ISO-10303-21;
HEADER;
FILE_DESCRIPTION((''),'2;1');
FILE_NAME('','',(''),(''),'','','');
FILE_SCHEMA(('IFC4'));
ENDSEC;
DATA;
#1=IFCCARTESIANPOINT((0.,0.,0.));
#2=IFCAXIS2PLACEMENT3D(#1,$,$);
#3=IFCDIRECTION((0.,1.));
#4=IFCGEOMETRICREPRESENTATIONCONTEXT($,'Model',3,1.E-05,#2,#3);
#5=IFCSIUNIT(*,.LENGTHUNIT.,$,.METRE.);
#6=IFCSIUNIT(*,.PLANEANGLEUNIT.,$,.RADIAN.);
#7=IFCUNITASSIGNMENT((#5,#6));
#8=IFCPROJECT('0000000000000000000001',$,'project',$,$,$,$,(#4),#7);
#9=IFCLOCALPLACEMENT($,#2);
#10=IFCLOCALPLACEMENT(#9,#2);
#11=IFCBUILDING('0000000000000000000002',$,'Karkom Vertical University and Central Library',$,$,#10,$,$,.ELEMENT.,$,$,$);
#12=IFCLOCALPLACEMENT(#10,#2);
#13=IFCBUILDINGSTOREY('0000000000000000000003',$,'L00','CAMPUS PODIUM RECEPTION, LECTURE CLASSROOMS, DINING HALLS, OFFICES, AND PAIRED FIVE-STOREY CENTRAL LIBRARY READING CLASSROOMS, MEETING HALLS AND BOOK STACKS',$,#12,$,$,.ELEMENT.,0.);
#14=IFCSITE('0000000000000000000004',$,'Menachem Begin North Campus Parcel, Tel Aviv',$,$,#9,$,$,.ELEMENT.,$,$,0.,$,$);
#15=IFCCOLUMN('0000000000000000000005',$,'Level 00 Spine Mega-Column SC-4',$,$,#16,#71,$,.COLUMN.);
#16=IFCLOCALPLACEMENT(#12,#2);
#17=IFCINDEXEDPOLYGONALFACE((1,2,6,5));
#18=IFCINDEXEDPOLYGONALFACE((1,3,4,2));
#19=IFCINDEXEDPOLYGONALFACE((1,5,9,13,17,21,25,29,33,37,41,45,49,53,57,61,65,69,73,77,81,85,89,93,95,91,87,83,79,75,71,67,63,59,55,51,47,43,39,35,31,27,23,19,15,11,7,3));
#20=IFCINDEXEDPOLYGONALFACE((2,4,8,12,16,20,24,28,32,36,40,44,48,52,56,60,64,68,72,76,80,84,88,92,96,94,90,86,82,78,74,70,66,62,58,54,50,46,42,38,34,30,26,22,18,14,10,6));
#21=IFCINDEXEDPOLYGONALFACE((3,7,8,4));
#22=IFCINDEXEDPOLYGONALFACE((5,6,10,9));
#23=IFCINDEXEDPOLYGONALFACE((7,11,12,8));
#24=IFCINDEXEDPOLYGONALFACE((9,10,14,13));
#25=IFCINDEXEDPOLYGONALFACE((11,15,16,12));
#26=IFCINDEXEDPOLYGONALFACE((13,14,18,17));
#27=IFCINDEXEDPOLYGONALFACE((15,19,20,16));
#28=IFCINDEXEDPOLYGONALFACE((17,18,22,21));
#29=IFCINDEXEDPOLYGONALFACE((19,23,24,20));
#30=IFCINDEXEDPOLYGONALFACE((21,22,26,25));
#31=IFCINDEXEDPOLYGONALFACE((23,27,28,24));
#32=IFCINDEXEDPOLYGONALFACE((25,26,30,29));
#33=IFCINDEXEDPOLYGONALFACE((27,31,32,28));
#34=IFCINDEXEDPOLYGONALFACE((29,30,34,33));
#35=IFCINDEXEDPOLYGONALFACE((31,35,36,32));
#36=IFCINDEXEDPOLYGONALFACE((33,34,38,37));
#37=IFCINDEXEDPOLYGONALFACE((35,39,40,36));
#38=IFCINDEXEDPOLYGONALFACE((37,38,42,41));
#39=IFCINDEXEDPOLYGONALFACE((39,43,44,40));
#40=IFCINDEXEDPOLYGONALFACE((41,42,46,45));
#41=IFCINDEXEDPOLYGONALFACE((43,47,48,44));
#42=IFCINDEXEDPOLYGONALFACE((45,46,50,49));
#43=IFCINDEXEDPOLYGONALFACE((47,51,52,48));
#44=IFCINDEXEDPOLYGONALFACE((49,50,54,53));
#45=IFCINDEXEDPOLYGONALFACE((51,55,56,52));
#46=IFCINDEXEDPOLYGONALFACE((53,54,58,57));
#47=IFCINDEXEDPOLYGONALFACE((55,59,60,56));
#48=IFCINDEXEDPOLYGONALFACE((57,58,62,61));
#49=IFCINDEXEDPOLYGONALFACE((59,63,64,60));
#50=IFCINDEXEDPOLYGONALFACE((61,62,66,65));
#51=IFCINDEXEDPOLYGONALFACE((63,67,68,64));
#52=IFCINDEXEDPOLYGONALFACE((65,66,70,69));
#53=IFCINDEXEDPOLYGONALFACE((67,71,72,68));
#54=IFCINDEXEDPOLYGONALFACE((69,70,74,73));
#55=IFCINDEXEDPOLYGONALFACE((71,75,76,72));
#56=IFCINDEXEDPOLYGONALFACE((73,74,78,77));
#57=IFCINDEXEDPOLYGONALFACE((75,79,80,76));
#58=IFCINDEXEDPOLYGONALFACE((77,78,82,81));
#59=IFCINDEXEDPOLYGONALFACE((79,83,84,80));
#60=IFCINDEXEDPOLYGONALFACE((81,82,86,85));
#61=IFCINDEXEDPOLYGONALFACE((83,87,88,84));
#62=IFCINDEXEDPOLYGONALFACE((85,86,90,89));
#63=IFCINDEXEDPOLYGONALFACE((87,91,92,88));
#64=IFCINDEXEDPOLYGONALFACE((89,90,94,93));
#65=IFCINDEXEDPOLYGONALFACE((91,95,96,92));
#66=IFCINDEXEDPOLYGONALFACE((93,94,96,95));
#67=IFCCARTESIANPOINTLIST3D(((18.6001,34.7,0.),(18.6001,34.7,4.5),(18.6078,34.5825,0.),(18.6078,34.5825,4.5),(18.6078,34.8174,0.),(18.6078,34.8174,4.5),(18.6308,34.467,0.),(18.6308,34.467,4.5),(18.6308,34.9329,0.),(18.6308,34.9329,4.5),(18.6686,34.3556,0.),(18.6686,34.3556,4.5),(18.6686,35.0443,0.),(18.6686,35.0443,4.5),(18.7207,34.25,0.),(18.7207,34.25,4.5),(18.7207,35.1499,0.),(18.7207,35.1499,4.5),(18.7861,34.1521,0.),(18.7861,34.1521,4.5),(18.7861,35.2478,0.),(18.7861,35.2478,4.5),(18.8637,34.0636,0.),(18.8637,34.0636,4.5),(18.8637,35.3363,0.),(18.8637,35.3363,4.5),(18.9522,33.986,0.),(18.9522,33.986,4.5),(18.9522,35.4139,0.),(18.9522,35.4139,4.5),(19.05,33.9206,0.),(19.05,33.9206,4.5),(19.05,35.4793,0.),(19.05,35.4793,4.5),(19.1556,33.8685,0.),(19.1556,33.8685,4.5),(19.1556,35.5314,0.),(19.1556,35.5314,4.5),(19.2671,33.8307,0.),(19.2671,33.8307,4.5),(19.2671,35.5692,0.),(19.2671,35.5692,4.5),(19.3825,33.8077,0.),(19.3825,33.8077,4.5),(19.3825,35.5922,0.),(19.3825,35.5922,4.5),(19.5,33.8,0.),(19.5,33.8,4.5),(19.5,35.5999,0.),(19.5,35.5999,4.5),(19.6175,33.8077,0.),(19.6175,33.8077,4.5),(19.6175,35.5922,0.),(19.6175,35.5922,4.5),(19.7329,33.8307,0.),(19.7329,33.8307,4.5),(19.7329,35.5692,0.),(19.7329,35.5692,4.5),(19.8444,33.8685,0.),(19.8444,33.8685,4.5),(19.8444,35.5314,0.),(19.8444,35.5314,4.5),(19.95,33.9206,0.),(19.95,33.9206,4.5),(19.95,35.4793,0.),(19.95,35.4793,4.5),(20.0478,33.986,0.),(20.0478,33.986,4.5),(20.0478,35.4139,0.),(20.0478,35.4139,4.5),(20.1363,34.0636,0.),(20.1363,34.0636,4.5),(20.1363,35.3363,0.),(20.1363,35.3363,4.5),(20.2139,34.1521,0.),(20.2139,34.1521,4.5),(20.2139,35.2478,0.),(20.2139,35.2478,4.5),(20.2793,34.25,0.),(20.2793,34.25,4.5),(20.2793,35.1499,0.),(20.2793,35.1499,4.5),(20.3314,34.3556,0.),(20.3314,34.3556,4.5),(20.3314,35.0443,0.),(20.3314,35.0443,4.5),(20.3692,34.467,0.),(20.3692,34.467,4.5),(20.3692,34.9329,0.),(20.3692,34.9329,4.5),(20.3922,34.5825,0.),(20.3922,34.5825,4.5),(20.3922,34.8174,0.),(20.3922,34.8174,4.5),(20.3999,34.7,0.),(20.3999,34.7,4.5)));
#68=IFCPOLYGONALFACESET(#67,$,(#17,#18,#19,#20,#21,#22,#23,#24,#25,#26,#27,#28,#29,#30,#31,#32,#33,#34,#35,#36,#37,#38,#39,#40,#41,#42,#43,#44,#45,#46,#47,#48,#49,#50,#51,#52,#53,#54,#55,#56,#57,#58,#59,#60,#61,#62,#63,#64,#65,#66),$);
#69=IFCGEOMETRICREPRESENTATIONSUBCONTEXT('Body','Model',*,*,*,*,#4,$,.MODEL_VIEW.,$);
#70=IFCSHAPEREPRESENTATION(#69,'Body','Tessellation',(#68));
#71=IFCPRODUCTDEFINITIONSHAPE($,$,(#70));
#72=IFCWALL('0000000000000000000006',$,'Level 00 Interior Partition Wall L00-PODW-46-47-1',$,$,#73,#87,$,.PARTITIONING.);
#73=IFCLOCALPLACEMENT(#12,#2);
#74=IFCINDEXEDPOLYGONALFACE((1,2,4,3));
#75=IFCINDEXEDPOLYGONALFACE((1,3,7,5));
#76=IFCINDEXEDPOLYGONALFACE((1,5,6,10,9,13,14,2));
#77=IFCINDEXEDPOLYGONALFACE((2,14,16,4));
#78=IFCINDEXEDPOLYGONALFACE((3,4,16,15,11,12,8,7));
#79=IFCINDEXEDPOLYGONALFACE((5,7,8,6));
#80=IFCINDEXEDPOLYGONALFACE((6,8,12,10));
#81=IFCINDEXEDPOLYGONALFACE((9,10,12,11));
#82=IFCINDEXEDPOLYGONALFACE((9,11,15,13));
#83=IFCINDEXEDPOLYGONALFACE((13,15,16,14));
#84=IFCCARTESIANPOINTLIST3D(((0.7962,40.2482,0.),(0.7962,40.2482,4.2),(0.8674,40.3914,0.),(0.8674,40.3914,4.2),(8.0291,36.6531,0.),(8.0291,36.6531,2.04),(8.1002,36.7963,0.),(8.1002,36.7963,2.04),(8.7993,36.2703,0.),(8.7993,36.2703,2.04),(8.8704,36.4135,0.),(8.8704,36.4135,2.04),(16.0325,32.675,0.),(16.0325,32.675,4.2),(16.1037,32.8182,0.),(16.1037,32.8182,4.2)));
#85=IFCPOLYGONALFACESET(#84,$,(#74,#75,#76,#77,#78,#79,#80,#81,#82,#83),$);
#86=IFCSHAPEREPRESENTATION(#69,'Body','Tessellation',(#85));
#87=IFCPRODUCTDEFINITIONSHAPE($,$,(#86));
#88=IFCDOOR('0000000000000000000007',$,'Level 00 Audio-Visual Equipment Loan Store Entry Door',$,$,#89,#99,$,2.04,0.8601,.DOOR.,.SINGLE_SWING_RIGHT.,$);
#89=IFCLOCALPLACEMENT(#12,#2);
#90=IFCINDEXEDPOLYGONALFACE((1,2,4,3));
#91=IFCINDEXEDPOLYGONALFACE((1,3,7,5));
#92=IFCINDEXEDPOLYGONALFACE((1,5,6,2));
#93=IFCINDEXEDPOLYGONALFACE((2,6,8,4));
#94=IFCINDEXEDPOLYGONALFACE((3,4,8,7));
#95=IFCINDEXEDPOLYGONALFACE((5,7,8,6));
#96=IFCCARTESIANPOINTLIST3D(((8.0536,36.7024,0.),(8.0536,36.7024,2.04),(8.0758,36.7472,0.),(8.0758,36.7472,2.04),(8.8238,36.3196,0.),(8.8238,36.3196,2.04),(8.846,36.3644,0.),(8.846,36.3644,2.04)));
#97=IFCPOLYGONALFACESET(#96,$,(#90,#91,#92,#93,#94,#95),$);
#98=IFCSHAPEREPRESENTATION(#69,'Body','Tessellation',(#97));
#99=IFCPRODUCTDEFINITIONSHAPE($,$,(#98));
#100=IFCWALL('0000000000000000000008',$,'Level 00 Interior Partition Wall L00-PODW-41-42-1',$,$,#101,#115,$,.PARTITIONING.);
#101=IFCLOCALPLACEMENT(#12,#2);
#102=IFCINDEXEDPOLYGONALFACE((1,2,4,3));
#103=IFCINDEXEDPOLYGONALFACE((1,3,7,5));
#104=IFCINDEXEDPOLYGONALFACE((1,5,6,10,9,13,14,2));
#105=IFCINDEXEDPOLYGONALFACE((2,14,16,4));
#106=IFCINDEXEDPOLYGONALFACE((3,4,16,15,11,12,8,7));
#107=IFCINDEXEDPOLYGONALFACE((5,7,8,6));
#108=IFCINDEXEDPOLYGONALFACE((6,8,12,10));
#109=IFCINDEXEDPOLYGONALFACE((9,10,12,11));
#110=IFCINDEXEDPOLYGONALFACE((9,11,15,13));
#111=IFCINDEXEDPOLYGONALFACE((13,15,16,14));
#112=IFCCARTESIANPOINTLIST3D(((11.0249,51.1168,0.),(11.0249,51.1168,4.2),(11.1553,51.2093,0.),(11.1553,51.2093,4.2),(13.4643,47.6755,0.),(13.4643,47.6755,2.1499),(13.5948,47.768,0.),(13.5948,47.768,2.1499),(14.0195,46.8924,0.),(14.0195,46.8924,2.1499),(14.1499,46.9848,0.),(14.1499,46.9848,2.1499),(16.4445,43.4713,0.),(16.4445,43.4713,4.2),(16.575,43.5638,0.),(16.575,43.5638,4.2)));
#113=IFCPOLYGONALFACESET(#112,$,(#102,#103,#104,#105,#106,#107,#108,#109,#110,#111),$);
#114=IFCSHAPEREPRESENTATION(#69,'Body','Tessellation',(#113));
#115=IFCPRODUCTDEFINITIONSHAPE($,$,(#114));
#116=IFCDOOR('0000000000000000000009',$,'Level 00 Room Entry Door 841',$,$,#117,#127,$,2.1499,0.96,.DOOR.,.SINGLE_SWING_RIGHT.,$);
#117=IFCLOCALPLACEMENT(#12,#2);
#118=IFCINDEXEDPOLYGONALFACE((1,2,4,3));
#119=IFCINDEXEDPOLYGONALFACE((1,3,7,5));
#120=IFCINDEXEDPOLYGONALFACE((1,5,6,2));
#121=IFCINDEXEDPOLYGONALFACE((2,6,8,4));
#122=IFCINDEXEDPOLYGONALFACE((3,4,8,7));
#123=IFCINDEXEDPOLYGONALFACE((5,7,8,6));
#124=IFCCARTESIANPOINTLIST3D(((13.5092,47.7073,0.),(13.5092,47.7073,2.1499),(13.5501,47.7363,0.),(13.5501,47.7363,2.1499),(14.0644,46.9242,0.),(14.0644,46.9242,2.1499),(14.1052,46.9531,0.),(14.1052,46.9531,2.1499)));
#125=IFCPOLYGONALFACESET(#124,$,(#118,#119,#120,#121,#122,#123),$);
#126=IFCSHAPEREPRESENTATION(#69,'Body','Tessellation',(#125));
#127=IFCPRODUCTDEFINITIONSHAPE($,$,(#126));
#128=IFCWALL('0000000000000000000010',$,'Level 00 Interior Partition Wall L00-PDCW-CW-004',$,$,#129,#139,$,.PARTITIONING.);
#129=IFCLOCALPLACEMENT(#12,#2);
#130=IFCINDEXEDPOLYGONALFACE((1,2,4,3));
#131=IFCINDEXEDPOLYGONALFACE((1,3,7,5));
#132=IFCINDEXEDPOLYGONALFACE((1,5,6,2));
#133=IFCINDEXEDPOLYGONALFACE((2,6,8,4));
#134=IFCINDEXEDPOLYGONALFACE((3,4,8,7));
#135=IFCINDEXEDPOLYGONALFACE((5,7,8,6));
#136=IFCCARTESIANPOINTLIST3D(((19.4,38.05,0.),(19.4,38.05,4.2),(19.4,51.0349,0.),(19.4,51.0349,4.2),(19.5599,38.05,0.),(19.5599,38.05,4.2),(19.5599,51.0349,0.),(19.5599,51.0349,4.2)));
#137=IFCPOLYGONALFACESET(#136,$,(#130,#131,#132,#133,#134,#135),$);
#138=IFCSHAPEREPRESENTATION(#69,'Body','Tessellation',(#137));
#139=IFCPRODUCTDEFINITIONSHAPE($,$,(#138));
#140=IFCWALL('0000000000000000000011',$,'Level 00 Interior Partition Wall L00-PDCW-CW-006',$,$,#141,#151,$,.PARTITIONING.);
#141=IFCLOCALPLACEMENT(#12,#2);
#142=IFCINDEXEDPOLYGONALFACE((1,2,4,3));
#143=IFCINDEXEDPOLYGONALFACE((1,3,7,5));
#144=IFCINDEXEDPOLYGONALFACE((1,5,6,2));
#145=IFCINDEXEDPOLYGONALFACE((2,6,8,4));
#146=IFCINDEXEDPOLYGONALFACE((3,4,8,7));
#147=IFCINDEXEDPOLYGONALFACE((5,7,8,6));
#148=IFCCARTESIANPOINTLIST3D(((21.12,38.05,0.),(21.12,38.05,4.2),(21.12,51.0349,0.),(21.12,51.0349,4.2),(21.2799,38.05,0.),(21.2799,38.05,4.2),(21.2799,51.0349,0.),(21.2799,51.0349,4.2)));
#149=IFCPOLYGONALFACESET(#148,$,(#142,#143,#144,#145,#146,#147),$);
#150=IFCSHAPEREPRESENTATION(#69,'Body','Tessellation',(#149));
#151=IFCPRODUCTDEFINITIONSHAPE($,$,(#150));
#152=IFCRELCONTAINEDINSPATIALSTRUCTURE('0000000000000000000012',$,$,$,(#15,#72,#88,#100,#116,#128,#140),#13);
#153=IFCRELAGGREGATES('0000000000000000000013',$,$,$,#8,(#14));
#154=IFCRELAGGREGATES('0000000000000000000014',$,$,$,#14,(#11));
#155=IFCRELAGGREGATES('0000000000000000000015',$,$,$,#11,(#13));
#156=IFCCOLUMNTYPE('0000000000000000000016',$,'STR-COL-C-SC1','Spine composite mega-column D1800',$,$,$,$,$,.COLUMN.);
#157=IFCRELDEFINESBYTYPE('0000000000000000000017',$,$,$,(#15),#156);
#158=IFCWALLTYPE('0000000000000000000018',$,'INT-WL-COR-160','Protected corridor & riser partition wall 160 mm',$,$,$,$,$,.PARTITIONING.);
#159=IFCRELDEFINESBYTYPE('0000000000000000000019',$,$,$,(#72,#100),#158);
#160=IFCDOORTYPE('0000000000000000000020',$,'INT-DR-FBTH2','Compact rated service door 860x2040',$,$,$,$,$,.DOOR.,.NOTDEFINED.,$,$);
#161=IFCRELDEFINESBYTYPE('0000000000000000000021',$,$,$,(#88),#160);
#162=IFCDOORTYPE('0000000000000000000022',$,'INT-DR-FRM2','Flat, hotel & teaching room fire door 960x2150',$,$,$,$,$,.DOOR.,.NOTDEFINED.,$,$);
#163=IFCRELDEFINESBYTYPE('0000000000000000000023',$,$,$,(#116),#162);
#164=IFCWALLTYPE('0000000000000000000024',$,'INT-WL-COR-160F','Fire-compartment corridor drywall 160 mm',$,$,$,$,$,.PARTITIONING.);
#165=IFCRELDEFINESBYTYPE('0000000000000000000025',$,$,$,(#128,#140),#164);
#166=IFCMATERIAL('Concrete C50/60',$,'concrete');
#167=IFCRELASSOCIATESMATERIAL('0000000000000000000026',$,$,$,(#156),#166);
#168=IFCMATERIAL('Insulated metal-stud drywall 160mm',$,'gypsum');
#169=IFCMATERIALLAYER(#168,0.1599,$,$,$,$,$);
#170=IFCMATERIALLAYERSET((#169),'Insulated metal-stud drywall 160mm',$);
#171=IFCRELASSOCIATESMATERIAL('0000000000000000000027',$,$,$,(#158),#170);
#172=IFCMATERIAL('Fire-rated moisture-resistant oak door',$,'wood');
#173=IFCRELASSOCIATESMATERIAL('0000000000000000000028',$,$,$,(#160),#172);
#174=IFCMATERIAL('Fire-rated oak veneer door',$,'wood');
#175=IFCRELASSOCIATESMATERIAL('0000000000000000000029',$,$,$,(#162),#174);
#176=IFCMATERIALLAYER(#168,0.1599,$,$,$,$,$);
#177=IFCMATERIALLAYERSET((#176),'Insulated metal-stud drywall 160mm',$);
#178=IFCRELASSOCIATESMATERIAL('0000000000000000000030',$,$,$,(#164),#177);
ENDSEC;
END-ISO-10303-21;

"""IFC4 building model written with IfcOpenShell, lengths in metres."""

from ifc_helpers import new_model, si_unit, direction, frame, frame_2d, origin, origin_with_axes, origin_2d, place, context, subcontext, project, spatial, rectangle, circle, extrude, source, transform, mapped, material, layer, layer_set, material_profile, profile_set, type_object, element, fill, save


model = new_model("IFC4")

# Units and contexts
model_context = context("Model", 3, precision=1e-05, world=origin(), true_north=direction((0.0, 1.0)))
body_context = subcontext(model_context, "Body", "Model", "MODEL_VIEW")
ifc_project = project(units=[si_unit("LENGTHUNIT", "METRE"), si_unit("PLANEANGLEUNIT", "RADIAN")], contexts=[model_context])

# Site, building, storey
site_placement = place(None, origin())
site = spatial("IfcSite", under=ifc_project, at=site_placement, Name="Menachem Begin North Campus Parcel, Tel Aviv", CompositionType="ELEMENT", RefElevation=0.0)
building_placement = place(site_placement, origin())
building = spatial("IfcBuilding", under=site, at=building_placement, Name="Karkom Vertical University and Central Library", CompositionType="ELEMENT")
storey_placement = place(building_placement, origin())
storey = spatial("IfcBuildingStorey", under=building, at=storey_placement, Name="L00", Description="CAMPUS PODIUM RECEPTION, LECTURE CLASSROOMS, DINING HALLS, OFFICES, AND PAIRED FIVE-STOREY CENTRAL LIBRARY READING CLASSROOMS, MEETING HALLS AND BOOK STACKS", CompositionType="ELEMENT", Elevation=0.0)

# Column
ifc_material_1 = material(Name="Concrete C50/60", Category="concrete")
ifc_material_profile = material_profile(ifc_material_1, circle(Radius=0.8999, at=origin_2d()), Name="CFT-D1800")
ifc_profile_set = profile_set([ifc_material_profile], Name="Concrete C50/60")
column_type = type_object("IfcColumnType", Name="STR-COL-C-SC1", Description="Spine composite mega-column D1800", PredefinedType="COLUMN", material=ifc_profile_set)
shared_shape_1 = source(origin_with_axes(), body_context, "Body", "SweptSolid", [
    extrude(circle(Radius=0.8999, at=origin_2d()), origin(), (0.0, 0.0, 1.0), 4.5),
])
column_placement = place(storey_placement, frame((19.5, 34.7, 0.0), z_axis=(0.0, 0.0, 1.0), x_axis=(1.0, 0.0, 0.0)))
element("IfcColumn", 1, at=column_placement, inside=storey, type_object=column_type, Name="Level 00 Spine Mega-Column SC-4", PredefinedType="COLUMN", context=body_context, shape_type="MappedRepresentation", body=[
    mapped(shared_shape_1, transform((0.0, 0.0, 0.0), scale=1.0)),
])

# Walls, openings, doors
ifc_material_2 = material(Name="Insulated metal-stud drywall 160mm", Category="gypsum")
ifc_layer_1 = layer(ifc_material_2, 0.1599)
ifc_layer_set_1 = layer_set([ifc_layer_1], Name="Insulated metal-stud drywall 160mm")
wall_type_1 = type_object("IfcWallType", Name="INT-WL-COR-160", Description="Protected corridor & riser partition wall 160 mm", PredefinedType="PARTITIONING", material=ifc_layer_set_1)
wall_1_placement = place(storey_placement, frame((16.0681, 32.7466, 0.0), z_axis=(0.0, 0.0, 1.0), x_axis=(-0.895481, 0.4451, 0.0)))
wall_1 = element("IfcWall", 2, at=wall_1_placement, inside=storey, type_object=wall_type_1, Name="Level 00 Interior Partition Wall L00-PODW-46-47-1", PredefinedType="PARTITIONING", context=body_context, shape_type="SweptSolid", body=[
    extrude(rectangle(XDim=17.0146, YDim=0.1599, at=frame_2d((8.5073, 0.0))), origin(), (0.0, 0.0, 1.0), 4.2),
])
opening_1_placement = place(wall_1_placement, frame((8.0774, 0.0, 0.0)))
opening_1 = element("IfcOpeningElement", 3, at=opening_1_placement, cuts=wall_1, PredefinedType="OPENING", context=body_context, shape_type="SweptSolid", body=[
    extrude(rectangle(XDim=0.8601, YDim=2.04, at=frame_2d((0.4302, 1.02))), frame((0.0, 0.0898, 0.0), z_axis=(0.0, -1.0, 0.0), x_axis=(1.0, 0.0, 0.0)), (0.0, 0.0, 1.0), 0.1799),
])
ifc_material_3 = material(Name="Fire-rated moisture-resistant oak door", Category="wood")
door_type_1 = type_object("IfcDoorType", Name="INT-DR-FBTH2", Description="Compact rated service door 860x2040", OperationType="NOTDEFINED", PredefinedType="DOOR", material=ifc_material_3)
shared_shape_2 = source(origin_with_axes(), body_context, "Body", "SweptSolid", [
    extrude(rectangle(XDim=0.8601, YDim=2.04, at=frame_2d((0.4302, 1.02))), frame((0.0, 0.0249, 0.0), z_axis=(0.0, -1.0, 0.0), x_axis=(1.0, 0.0, 0.0)), (0.0, 0.0, 1.0), 0.05),
])
door_1_placement = place(opening_1_placement, origin())
door_1 = element("IfcDoor", 4, at=door_1_placement, inside=storey, type_object=door_type_1, Name="Level 00 Audio-Visual Equipment Loan Store Entry Door", OperationType="SINGLE_SWING_RIGHT", OverallHeight=2.04, OverallWidth=0.8601, PredefinedType="DOOR", context=body_context, shape_type="MappedRepresentation", body=[
    mapped(shared_shape_2, transform((0.0, 0.0, 0.0), scale=1.0)),
])
fill(opening_1, door_1)
wall_2_placement = place(storey_placement, frame((16.5098, 43.5176, 0.0), z_axis=(0.0, 0.0, 1.0), x_axis=(-0.578309, 0.815818, 0.0)))
wall_2 = element("IfcWall", 5, at=wall_2_placement, inside=storey, type_object=wall_type_1, Name="Level 00 Interior Partition Wall L00-PODW-41-42-1", PredefinedType="PARTITIONING", context=body_context, shape_type="SweptSolid", body=[
    extrude(rectangle(XDim=9.3716, YDim=0.1599, at=frame_2d((4.6858, 0.0))), origin(), (0.0, 0.0, 1.0), 4.2),
])
opening_2_placement = place(wall_2_placement, frame((4.1934, 0.0, 0.0)))
opening_2 = element("IfcOpeningElement", 6, at=opening_2_placement, cuts=wall_2, PredefinedType="OPENING", context=body_context, shape_type="SweptSolid", body=[
    extrude(rectangle(XDim=0.96, YDim=2.1499, at=frame_2d((0.48, 1.075))), frame((0.0, 0.0898, 0.0), z_axis=(0.0, -1.0, 0.0), x_axis=(1.0, 0.0, 0.0)), (0.0, 0.0, 1.0), 0.1799),
])
ifc_material_4 = material(Name="Fire-rated oak veneer door", Category="wood")
door_type_2 = type_object("IfcDoorType", Name="INT-DR-FRM2", Description="Flat, hotel & teaching room fire door 960x2150", OperationType="NOTDEFINED", PredefinedType="DOOR", material=ifc_material_4)
shared_shape_3 = source(origin_with_axes(), body_context, "Body", "SweptSolid", [
    extrude(rectangle(XDim=0.96, YDim=2.1499, at=frame_2d((0.48, 1.075))), frame((0.0, 0.0249, 0.0), z_axis=(0.0, -1.0, 0.0), x_axis=(1.0, 0.0, 0.0)), (0.0, 0.0, 1.0), 0.05),
])
door_2_placement = place(opening_2_placement, origin())
door_2 = element("IfcDoor", 7, at=door_2_placement, inside=storey, type_object=door_type_2, Name="Level 00 Room Entry Door 841", OperationType="SINGLE_SWING_RIGHT", OverallHeight=2.1499, OverallWidth=0.96, PredefinedType="DOOR", context=body_context, shape_type="MappedRepresentation", body=[
    mapped(shared_shape_3, transform((0.0, 0.0, 0.0), scale=1.0)),
])
fill(opening_2, door_2)

# Walls
ifc_layer_2 = layer(ifc_material_2, 0.1599)
ifc_layer_set_2 = layer_set([ifc_layer_2], Name="Insulated metal-stud drywall 160mm")
wall_type_2 = type_object("IfcWallType", Name="INT-WL-COR-160F", Description="Fire-compartment corridor drywall 160 mm", PredefinedType="PARTITIONING", material=ifc_layer_set_2)
for number, where, z_axis, x_axis, name in (
    (8, (19.48, 51.0349, 0.0), (0.0, 0.0, 1.0), (0.0, -1.0, 0.0), "Level 00 Interior Partition Wall L00-PDCW-CW-004"),
    (9, (21.2, 38.05, 0.0), (0.0, 0.0, 1.0), (0.0, 1.0, 0.0), "Level 00 Interior Partition Wall L00-PDCW-CW-006"),
):
    element("IfcWall", number, at=place(storey_placement, frame(where, z_axis=z_axis, x_axis=x_axis)), inside=storey, type_object=wall_type_2, Name=name, PredefinedType="PARTITIONING", context=body_context, shape_type="SweptSolid", body=[
        extrude(rectangle(XDim=12.9849, YDim=0.1599, at=frame_2d((6.4924, 0.0))), origin(), (0.0, 0.0, 1.0), 4.2),
    ])

save(model, "model.ifc")
